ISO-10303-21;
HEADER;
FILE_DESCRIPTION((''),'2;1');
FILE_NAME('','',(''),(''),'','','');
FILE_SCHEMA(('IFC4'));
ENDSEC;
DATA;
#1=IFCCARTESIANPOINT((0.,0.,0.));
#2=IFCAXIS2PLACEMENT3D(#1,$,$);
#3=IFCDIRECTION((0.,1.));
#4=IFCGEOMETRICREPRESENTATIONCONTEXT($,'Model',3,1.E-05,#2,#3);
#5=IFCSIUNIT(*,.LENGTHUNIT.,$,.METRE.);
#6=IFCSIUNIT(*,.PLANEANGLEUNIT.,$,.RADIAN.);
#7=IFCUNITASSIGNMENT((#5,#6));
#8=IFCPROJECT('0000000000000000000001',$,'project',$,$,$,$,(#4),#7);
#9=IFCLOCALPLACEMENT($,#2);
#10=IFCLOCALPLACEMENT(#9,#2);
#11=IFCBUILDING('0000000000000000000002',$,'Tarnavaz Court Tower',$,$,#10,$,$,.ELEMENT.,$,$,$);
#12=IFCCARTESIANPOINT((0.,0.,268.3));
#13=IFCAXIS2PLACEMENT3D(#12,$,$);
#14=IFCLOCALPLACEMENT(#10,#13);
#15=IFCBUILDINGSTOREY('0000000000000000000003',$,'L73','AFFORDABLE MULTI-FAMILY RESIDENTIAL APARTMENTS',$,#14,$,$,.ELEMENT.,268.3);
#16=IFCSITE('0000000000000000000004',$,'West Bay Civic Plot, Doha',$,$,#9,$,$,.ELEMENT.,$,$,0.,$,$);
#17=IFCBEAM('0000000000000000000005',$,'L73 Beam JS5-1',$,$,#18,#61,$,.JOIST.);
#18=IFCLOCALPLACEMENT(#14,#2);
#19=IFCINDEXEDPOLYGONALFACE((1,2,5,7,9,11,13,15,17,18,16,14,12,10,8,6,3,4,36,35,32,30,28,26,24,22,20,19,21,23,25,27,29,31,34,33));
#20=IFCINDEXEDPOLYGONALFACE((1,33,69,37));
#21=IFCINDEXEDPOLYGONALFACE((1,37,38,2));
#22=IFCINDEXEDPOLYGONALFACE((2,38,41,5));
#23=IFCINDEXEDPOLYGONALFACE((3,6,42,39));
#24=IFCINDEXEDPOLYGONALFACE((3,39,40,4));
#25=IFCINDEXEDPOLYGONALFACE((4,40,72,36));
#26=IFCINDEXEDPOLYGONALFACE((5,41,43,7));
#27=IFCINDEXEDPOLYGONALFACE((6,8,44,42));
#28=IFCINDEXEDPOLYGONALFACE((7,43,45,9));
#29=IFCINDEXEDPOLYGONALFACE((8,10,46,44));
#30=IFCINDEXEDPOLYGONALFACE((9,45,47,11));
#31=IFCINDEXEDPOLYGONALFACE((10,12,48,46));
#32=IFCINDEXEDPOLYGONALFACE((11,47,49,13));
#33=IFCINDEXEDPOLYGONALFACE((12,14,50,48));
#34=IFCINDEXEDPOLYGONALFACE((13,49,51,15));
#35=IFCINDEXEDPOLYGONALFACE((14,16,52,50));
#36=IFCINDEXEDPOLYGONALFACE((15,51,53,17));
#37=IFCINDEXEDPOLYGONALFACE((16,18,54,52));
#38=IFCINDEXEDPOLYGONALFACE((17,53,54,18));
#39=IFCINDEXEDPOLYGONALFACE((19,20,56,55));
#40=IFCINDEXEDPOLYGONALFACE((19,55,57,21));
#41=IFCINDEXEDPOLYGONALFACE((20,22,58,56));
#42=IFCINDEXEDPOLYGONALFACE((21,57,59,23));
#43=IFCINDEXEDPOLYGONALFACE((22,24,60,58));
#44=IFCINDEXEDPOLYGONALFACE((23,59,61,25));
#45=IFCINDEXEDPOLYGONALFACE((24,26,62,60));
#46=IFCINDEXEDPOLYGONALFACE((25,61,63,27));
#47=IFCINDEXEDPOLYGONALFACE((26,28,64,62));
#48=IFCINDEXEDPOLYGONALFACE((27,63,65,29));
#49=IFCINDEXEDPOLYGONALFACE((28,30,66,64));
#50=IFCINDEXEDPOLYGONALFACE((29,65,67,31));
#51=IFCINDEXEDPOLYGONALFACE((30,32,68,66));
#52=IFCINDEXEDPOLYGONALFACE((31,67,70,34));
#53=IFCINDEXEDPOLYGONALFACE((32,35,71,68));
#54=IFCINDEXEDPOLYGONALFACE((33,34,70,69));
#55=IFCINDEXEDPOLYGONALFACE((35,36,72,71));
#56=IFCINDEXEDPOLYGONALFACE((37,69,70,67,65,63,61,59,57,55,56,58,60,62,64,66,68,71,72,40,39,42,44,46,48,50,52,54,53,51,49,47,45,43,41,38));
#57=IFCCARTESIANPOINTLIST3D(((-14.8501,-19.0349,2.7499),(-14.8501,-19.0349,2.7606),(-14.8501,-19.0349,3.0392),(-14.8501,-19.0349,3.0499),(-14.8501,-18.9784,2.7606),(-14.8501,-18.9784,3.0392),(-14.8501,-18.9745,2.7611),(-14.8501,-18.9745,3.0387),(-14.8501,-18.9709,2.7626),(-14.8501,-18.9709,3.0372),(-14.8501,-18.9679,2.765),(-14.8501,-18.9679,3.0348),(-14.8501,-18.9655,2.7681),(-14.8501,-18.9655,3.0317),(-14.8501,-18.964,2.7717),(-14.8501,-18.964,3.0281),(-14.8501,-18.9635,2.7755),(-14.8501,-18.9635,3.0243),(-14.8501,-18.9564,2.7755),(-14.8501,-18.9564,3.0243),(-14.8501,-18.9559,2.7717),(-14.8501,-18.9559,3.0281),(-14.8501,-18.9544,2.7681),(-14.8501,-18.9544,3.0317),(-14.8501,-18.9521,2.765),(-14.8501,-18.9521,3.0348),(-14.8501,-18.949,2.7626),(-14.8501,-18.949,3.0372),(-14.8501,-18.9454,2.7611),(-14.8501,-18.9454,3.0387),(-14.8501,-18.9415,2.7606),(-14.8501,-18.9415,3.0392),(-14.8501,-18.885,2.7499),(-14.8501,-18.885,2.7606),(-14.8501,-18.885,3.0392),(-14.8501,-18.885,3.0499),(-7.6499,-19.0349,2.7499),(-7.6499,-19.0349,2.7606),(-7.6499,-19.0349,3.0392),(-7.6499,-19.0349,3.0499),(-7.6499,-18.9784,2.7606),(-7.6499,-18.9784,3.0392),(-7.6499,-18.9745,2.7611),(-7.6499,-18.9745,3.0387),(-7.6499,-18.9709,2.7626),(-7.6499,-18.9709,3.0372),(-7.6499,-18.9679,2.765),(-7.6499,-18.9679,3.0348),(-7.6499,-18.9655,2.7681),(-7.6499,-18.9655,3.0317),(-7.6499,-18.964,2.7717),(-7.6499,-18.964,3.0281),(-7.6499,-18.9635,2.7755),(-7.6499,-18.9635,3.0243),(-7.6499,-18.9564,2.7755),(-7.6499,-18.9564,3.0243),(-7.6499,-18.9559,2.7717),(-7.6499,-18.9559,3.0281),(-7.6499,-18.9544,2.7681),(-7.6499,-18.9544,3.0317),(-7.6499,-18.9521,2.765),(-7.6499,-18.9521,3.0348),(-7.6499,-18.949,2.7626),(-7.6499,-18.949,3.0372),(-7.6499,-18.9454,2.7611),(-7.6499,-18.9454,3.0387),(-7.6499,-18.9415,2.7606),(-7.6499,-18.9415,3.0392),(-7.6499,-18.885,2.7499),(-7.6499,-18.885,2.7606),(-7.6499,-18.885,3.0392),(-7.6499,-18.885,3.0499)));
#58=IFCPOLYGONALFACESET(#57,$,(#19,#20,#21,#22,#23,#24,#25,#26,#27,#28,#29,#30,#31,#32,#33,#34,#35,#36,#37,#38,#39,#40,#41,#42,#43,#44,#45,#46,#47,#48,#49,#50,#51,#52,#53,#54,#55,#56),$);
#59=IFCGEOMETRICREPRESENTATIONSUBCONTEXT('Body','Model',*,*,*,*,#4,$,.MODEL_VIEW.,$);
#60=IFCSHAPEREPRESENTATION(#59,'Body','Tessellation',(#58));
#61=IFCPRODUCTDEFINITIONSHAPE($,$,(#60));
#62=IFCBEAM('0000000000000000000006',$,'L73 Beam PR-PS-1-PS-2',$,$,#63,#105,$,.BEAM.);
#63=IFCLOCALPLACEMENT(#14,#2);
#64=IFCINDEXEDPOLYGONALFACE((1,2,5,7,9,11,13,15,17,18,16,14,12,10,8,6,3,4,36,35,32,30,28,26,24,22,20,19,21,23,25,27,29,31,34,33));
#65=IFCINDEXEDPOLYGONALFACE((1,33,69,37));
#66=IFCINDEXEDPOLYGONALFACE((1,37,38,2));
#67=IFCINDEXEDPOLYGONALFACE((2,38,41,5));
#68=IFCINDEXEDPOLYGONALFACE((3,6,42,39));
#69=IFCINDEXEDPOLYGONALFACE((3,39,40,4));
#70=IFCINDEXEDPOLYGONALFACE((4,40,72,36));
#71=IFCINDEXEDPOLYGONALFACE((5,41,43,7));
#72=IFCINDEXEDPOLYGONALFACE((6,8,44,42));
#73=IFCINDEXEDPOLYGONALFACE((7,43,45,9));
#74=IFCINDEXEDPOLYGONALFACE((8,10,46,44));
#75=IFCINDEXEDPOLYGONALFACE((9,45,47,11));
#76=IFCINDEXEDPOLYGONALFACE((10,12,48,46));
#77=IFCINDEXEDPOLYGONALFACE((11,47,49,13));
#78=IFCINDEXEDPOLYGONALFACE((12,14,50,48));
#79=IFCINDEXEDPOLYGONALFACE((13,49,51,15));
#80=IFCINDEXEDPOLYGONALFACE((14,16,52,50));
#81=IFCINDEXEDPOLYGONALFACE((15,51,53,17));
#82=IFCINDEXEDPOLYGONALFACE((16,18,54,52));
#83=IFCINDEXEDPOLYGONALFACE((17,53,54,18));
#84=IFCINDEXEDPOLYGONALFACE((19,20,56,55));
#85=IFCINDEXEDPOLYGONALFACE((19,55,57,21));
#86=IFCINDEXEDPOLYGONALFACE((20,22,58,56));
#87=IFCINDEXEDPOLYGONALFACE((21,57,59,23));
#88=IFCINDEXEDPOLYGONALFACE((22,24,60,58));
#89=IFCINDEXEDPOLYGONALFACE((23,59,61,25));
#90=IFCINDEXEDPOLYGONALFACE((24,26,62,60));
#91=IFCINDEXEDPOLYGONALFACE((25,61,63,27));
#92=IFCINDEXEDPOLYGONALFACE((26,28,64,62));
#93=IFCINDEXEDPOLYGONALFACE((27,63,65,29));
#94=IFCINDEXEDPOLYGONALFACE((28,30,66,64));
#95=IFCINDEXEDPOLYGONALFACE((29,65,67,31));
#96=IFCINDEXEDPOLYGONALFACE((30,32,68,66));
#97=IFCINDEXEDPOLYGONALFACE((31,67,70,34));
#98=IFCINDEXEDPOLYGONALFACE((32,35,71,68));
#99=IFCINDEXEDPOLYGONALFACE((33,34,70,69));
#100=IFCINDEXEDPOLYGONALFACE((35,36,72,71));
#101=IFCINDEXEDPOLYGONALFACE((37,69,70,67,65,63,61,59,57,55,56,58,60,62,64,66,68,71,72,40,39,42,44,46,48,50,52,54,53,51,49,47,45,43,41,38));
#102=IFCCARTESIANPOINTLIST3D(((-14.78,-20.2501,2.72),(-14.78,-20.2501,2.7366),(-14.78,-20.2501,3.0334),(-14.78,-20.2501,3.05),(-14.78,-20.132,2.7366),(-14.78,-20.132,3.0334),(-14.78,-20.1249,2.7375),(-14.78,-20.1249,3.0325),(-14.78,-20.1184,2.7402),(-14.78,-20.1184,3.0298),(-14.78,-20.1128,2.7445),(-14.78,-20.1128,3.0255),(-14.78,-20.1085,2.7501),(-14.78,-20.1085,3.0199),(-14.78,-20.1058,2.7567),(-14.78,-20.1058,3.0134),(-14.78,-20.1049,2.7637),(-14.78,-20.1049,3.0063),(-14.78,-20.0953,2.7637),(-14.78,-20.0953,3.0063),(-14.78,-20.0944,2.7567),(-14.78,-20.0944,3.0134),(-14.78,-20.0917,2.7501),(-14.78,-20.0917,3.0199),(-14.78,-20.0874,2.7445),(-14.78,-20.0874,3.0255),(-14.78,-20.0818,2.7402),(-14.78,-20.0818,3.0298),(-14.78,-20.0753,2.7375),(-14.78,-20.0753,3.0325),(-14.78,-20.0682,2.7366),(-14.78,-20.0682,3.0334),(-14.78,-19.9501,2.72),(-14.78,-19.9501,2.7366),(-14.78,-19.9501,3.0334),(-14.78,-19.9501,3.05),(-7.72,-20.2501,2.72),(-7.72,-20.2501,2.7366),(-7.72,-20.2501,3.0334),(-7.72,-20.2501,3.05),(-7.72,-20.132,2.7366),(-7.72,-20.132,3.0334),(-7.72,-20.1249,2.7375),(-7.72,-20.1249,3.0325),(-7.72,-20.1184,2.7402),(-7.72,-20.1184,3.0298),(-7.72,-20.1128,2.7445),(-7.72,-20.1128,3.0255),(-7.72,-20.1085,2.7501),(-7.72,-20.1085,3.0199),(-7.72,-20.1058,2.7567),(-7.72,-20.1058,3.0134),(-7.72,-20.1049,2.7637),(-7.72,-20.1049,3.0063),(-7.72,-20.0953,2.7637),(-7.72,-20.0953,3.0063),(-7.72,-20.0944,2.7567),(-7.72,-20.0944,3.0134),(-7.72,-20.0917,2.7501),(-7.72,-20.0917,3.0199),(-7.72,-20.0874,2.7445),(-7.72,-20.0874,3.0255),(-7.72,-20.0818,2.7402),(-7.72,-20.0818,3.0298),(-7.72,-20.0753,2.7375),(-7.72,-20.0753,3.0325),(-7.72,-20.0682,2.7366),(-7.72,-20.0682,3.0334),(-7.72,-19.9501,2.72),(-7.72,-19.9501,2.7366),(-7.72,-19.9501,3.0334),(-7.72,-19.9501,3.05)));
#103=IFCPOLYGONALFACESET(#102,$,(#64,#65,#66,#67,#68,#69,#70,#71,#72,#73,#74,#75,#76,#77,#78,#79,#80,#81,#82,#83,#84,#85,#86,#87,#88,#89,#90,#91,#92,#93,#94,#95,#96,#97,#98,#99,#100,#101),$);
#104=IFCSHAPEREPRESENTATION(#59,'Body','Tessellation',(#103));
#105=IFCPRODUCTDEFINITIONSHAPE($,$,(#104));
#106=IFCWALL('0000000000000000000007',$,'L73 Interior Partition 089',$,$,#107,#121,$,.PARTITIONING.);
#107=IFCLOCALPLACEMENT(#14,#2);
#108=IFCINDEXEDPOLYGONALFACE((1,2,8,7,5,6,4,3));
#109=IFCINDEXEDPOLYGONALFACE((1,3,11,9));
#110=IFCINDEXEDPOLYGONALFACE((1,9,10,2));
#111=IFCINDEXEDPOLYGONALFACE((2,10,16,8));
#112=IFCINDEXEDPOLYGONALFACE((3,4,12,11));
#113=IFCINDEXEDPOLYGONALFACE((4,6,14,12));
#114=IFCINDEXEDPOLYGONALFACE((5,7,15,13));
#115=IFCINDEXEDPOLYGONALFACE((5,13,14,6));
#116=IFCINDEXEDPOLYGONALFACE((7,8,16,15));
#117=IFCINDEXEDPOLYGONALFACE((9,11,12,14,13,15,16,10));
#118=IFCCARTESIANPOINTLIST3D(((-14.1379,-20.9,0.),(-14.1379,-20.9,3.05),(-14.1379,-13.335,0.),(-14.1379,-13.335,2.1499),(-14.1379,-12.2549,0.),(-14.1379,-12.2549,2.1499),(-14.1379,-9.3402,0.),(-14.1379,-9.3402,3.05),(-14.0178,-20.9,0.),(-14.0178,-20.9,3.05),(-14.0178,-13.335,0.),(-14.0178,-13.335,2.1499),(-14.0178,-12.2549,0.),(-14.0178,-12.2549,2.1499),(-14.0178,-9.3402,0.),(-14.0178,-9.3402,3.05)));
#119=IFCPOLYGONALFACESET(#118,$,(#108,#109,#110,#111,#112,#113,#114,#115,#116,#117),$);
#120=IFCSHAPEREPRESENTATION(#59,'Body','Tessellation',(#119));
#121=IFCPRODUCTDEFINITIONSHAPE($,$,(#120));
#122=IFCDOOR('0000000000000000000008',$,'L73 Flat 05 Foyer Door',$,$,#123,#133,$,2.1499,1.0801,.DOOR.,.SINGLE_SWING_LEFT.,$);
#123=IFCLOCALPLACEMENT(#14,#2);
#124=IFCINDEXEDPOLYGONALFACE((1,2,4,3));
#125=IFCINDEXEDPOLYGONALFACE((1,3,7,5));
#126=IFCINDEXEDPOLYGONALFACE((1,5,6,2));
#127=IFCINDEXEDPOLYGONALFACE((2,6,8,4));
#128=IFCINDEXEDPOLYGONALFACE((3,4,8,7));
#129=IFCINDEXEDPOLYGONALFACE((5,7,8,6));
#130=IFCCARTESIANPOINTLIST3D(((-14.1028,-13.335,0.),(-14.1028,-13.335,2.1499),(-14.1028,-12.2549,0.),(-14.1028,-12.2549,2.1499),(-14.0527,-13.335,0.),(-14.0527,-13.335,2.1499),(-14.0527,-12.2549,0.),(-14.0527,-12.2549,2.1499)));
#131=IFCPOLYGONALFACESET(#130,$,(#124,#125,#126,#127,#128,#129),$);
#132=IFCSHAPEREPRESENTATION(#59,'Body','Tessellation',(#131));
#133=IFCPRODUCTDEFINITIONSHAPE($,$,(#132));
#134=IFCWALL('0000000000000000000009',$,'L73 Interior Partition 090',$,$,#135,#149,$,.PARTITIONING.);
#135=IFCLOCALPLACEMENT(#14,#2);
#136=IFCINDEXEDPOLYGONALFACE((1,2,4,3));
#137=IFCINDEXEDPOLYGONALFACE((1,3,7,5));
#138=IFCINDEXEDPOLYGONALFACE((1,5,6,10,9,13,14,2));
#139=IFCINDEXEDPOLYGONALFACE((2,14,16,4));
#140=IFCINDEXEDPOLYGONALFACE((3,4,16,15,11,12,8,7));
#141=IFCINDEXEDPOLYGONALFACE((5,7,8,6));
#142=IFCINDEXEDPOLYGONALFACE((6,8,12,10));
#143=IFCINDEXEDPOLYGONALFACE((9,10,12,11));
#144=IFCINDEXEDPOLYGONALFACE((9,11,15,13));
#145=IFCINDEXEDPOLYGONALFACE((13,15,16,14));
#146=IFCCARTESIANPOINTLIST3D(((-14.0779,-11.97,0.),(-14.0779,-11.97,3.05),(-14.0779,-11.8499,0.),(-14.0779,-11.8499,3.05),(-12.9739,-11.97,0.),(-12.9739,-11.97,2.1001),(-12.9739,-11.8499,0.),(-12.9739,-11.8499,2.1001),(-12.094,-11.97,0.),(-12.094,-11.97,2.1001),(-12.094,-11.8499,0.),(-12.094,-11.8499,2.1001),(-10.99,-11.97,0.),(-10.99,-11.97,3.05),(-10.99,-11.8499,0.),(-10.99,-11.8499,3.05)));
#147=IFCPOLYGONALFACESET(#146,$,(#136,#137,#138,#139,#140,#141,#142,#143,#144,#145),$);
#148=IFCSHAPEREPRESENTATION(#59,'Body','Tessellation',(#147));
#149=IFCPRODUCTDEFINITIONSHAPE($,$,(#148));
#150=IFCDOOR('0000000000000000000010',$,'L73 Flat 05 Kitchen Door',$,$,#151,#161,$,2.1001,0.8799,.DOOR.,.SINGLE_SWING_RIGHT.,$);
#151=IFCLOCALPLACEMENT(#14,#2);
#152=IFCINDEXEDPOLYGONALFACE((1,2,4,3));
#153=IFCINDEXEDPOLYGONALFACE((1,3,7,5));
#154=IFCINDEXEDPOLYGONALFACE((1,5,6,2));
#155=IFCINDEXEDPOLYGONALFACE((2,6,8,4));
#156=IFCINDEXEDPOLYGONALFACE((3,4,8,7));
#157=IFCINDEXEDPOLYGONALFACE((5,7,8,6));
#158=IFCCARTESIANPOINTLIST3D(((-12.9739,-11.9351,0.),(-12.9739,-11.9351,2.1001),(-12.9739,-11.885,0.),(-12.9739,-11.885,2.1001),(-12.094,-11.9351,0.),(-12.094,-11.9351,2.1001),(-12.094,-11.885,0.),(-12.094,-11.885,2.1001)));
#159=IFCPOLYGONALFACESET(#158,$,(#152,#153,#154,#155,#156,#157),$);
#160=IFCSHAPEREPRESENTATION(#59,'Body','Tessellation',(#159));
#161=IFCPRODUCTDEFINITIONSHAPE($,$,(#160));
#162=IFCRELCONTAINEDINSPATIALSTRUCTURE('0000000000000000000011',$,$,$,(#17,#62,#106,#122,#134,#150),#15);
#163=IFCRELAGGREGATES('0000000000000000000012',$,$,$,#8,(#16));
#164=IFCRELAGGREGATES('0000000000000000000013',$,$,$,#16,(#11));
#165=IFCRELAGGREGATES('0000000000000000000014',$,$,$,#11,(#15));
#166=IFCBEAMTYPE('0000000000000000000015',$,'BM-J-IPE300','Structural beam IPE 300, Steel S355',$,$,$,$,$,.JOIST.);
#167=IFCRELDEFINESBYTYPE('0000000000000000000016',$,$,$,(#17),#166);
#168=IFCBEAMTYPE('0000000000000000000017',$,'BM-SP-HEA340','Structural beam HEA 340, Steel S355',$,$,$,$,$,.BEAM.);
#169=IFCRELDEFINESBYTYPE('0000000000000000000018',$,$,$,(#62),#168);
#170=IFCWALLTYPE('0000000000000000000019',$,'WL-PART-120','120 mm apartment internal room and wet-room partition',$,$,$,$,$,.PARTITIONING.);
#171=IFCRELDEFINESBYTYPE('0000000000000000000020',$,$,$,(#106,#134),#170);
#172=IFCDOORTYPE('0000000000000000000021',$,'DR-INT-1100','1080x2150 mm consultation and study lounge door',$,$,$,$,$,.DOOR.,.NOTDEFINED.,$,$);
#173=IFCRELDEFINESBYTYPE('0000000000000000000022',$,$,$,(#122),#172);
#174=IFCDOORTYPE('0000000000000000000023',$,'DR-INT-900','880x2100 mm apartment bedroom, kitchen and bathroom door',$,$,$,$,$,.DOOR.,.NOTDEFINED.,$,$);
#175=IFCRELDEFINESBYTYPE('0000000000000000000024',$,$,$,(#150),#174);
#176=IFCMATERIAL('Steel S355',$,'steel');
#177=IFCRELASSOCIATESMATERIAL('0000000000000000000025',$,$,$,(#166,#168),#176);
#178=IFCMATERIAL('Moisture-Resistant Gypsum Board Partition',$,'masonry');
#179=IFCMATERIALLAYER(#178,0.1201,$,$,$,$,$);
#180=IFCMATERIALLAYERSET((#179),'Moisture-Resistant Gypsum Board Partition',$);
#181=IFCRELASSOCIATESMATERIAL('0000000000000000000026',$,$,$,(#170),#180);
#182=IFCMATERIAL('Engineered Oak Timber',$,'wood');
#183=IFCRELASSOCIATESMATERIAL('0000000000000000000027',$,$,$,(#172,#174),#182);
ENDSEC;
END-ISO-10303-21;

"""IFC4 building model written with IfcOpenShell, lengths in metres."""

from ifc_helpers import new_model, si_unit, direction, frame, frame_2d, origin, origin_2d, place, context, subcontext, project, spatial, rectangle, i_section, extrude, material, layer, layer_set, material_profile, profile_set, type_object, element, fill, save


model = new_model("IFC4")

# Units and contexts
model_context = context("Model", 3, precision=1e-05, world=origin(), true_north=direction((0.0, 1.0)))
body_context = subcontext(model_context, "Body", "Model", "MODEL_VIEW")
ifc_project = project(units=[si_unit("LENGTHUNIT", "METRE"), si_unit("PLANEANGLEUNIT", "RADIAN")], contexts=[model_context])

# Site, building, storey
site_placement = place(None, origin())
site = spatial("IfcSite", under=ifc_project, at=site_placement, Name="West Bay Civic Plot, Doha", CompositionType="ELEMENT", RefElevation=0.0)
building_placement = place(site_placement, origin())
building = spatial("IfcBuilding", under=site, at=building_placement, Name="Tarnavaz Court Tower", CompositionType="ELEMENT")
storey_placement = place(building_placement, frame((0.0, 0.0, 268.3)))
storey = spatial("IfcBuildingStorey", under=building, at=storey_placement, Name="L73", Description="AFFORDABLE MULTI-FAMILY RESIDENTIAL APARTMENTS", CompositionType="ELEMENT", Elevation=268.3)

# Beams
ifc_material_1 = material(Name="Steel S355", Category="steel")
ifc_material_profile_1 = material_profile(ifc_material_1, i_section(OverallWidth=0.1499, OverallDepth=0.3, WebThickness=0.0071, FlangeThickness=0.0107, FilletRadius=0.0149, at=origin_2d()), Name="IPE 300")
ifc_profile_set_1 = profile_set([ifc_material_profile_1], Name="Steel S355")
beam_type_1 = type_object("IfcBeamType", Name="BM-J-IPE300", Description="Structural beam IPE 300, Steel S355", PredefinedType="JOIST", material=ifc_profile_set_1)
for number, where, z_axis, x_axis, name in (
    (1, (-14.8501, -18.96, 2.8999), (1.0, 0.0, 0.0), (0.0, 1.0, 0.0), "L73 Beam JS5-1"),
):
    element("IfcBeam", number, at=place(storey_placement, frame(where, z_axis=z_axis, x_axis=x_axis)), inside=storey, type_object=beam_type_1, Name=name, PredefinedType="JOIST", context=body_context, shape_type="SweptSolid", body=[
        extrude(i_section(OverallWidth=0.1499, OverallDepth=0.3, WebThickness=0.0071, FlangeThickness=0.0107, FilletRadius=0.0149, at=origin_2d()), origin(), (0.0, 0.0, 1.0), 7.2002),
    ])
ifc_material_profile_2 = material_profile(ifc_material_1, i_section(OverallWidth=0.3, OverallDepth=0.3301, WebThickness=0.0095, FlangeThickness=0.0166, FilletRadius=0.0271, at=origin_2d()), Name="HEA 340")
ifc_profile_set_2 = profile_set([ifc_material_profile_2], Name="Steel S355")
beam_type_2 = type_object("IfcBeamType", Name="BM-SP-HEA340", Description="Structural beam HEA 340, Steel S355", PredefinedType="BEAM", material=ifc_profile_set_2)
beam_placement = place(storey_placement, frame((-14.78, -20.1001, 2.885), z_axis=(1.0, 0.0, 0.0), x_axis=(0.0, 1.0, 0.0)))
element("IfcBeam", 2, at=beam_placement, inside=storey, type_object=beam_type_2, Name="L73 Beam PR-PS-1-PS-2", PredefinedType="BEAM", context=body_context, shape_type="SweptSolid", body=[
    extrude(i_section(OverallWidth=0.3, OverallDepth=0.3301, WebThickness=0.0095, FlangeThickness=0.0166, FilletRadius=0.0271, at=origin_2d()), origin(), (0.0, 0.0, 1.0), 7.0601),
])

# Walls, openings, doors
ifc_material_2 = material(Name="Moisture-Resistant Gypsum Board Partition", Category="masonry")
ifc_layer = layer(ifc_material_2, 0.1201)
ifc_layer_set = layer_set([ifc_layer], Name="Moisture-Resistant Gypsum Board Partition")
wall_type = type_object("IfcWallType", Name="WL-PART-120", Description="120 mm apartment internal room and wet-room partition", PredefinedType="PARTITIONING", material=ifc_layer_set)
wall_1_placement = place(storey_placement, frame((-14.0779, -20.8999, 0.0), z_axis=(0.0, 0.0, 1.0), x_axis=(0.0, 1.0, 0.0)))
wall_1 = element("IfcWall", 3, at=wall_1_placement, inside=storey, type_object=wall_type, Name="L73 Interior Partition 089", PredefinedType="PARTITIONING", context=body_context, shape_type="SweptSolid", body=[
    extrude(rectangle(XDim=11.5598, YDim=0.1201, at=frame_2d((5.7798, 0.0))), origin(), (0.0, 0.0, 1.0), 3.05),
])
opening_1_placement = place(wall_1_placement, frame((7.5649, 0.0, 0.0)))
opening_1 = element("IfcOpeningElement", 4, at=opening_1_placement, cuts=wall_1, PredefinedType="OPENING", context=body_context, shape_type="SweptSolid", body=[
    extrude(rectangle(XDim=1.0801, YDim=2.1499, at=frame_2d((0.54, 1.075))), frame((0.0, 0.0701, 0.0), z_axis=(0.0, -1.0, 0.0), x_axis=(1.0, 0.0, 0.0)), (0.0, 0.0, 1.0), 0.1401),
])
ifc_material_3 = material(Name="Engineered Oak Timber", Category="wood")
door_type_1 = type_object("IfcDoorType", Name="DR-INT-1100", Description="1080x2150 mm consultation and study lounge door", OperationType="NOTDEFINED", PredefinedType="DOOR", material=ifc_material_3)
door_1_placement = place(opening_1_placement, origin())
door_1 = element("IfcDoor", 5, at=door_1_placement, inside=storey, type_object=door_type_1, Name="L73 Flat 05 Foyer Door", OperationType="SINGLE_SWING_LEFT", OverallHeight=2.1499, OverallWidth=1.0801, PredefinedType="DOOR", context=body_context, shape_type="SweptSolid", body=[
    extrude(rectangle(XDim=1.0801, YDim=2.1499, at=frame_2d((0.54, 1.075))), frame((0.0, 0.0249, 0.0), z_axis=(0.0, -1.0, 0.0), x_axis=(1.0, 0.0, 0.0)), (0.0, 0.0, 1.0), 0.05),
])
fill(opening_1, door_1)
wall_2_placement = place(storey_placement, frame((-14.0779, -11.9099, 0.0), z_axis=(0.0, 0.0, 1.0), x_axis=(1.0, 0.0, 0.0)))
wall_2 = element("IfcWall", 6, at=wall_2_placement, inside=storey, type_object=wall_type, Name="L73 Interior Partition 090", PredefinedType="PARTITIONING", context=body_context, shape_type="SweptSolid", body=[
    extrude(rectangle(XDim=3.0879, YDim=0.1201, at=frame_2d((1.5439, 0.0))), origin(), (0.0, 0.0, 1.0), 3.05),
])
opening_2_placement = place(wall_2_placement, frame((1.104, 0.0, 0.0)))
opening_2 = element("IfcOpeningElement", 7, at=opening_2_placement, cuts=wall_2, PredefinedType="OPENING", context=body_context, shape_type="SweptSolid", body=[
    extrude(rectangle(XDim=0.8799, YDim=2.1001, at=frame_2d((0.4399, 1.05))), frame((0.0, 0.0701, 0.0), z_axis=(0.0, -1.0, 0.0), x_axis=(1.0, 0.0, 0.0)), (0.0, 0.0, 1.0), 0.1401),
])
door_type_2 = type_object("IfcDoorType", Name="DR-INT-900", Description="880x2100 mm apartment bedroom, kitchen and bathroom door", OperationType="NOTDEFINED", PredefinedType="DOOR", material=ifc_material_3)
door_2_placement = place(opening_2_placement, origin())
door_2 = element("IfcDoor", 8, at=door_2_placement, inside=storey, type_object=door_type_2, Name="L73 Flat 05 Kitchen Door", OperationType="SINGLE_SWING_RIGHT", OverallHeight=2.1001, OverallWidth=0.8799, PredefinedType="DOOR", context=body_context, shape_type="SweptSolid", body=[
    extrude(rectangle(XDim=0.8799, YDim=2.1001, at=frame_2d((0.4399, 1.05))), frame((0.0, 0.0249, 0.0), z_axis=(0.0, -1.0, 0.0), x_axis=(1.0, 0.0, 0.0)), (0.0, 0.0, 1.0), 0.05),
])
fill(opening_2, door_2)

save(model, "model.ifc")
